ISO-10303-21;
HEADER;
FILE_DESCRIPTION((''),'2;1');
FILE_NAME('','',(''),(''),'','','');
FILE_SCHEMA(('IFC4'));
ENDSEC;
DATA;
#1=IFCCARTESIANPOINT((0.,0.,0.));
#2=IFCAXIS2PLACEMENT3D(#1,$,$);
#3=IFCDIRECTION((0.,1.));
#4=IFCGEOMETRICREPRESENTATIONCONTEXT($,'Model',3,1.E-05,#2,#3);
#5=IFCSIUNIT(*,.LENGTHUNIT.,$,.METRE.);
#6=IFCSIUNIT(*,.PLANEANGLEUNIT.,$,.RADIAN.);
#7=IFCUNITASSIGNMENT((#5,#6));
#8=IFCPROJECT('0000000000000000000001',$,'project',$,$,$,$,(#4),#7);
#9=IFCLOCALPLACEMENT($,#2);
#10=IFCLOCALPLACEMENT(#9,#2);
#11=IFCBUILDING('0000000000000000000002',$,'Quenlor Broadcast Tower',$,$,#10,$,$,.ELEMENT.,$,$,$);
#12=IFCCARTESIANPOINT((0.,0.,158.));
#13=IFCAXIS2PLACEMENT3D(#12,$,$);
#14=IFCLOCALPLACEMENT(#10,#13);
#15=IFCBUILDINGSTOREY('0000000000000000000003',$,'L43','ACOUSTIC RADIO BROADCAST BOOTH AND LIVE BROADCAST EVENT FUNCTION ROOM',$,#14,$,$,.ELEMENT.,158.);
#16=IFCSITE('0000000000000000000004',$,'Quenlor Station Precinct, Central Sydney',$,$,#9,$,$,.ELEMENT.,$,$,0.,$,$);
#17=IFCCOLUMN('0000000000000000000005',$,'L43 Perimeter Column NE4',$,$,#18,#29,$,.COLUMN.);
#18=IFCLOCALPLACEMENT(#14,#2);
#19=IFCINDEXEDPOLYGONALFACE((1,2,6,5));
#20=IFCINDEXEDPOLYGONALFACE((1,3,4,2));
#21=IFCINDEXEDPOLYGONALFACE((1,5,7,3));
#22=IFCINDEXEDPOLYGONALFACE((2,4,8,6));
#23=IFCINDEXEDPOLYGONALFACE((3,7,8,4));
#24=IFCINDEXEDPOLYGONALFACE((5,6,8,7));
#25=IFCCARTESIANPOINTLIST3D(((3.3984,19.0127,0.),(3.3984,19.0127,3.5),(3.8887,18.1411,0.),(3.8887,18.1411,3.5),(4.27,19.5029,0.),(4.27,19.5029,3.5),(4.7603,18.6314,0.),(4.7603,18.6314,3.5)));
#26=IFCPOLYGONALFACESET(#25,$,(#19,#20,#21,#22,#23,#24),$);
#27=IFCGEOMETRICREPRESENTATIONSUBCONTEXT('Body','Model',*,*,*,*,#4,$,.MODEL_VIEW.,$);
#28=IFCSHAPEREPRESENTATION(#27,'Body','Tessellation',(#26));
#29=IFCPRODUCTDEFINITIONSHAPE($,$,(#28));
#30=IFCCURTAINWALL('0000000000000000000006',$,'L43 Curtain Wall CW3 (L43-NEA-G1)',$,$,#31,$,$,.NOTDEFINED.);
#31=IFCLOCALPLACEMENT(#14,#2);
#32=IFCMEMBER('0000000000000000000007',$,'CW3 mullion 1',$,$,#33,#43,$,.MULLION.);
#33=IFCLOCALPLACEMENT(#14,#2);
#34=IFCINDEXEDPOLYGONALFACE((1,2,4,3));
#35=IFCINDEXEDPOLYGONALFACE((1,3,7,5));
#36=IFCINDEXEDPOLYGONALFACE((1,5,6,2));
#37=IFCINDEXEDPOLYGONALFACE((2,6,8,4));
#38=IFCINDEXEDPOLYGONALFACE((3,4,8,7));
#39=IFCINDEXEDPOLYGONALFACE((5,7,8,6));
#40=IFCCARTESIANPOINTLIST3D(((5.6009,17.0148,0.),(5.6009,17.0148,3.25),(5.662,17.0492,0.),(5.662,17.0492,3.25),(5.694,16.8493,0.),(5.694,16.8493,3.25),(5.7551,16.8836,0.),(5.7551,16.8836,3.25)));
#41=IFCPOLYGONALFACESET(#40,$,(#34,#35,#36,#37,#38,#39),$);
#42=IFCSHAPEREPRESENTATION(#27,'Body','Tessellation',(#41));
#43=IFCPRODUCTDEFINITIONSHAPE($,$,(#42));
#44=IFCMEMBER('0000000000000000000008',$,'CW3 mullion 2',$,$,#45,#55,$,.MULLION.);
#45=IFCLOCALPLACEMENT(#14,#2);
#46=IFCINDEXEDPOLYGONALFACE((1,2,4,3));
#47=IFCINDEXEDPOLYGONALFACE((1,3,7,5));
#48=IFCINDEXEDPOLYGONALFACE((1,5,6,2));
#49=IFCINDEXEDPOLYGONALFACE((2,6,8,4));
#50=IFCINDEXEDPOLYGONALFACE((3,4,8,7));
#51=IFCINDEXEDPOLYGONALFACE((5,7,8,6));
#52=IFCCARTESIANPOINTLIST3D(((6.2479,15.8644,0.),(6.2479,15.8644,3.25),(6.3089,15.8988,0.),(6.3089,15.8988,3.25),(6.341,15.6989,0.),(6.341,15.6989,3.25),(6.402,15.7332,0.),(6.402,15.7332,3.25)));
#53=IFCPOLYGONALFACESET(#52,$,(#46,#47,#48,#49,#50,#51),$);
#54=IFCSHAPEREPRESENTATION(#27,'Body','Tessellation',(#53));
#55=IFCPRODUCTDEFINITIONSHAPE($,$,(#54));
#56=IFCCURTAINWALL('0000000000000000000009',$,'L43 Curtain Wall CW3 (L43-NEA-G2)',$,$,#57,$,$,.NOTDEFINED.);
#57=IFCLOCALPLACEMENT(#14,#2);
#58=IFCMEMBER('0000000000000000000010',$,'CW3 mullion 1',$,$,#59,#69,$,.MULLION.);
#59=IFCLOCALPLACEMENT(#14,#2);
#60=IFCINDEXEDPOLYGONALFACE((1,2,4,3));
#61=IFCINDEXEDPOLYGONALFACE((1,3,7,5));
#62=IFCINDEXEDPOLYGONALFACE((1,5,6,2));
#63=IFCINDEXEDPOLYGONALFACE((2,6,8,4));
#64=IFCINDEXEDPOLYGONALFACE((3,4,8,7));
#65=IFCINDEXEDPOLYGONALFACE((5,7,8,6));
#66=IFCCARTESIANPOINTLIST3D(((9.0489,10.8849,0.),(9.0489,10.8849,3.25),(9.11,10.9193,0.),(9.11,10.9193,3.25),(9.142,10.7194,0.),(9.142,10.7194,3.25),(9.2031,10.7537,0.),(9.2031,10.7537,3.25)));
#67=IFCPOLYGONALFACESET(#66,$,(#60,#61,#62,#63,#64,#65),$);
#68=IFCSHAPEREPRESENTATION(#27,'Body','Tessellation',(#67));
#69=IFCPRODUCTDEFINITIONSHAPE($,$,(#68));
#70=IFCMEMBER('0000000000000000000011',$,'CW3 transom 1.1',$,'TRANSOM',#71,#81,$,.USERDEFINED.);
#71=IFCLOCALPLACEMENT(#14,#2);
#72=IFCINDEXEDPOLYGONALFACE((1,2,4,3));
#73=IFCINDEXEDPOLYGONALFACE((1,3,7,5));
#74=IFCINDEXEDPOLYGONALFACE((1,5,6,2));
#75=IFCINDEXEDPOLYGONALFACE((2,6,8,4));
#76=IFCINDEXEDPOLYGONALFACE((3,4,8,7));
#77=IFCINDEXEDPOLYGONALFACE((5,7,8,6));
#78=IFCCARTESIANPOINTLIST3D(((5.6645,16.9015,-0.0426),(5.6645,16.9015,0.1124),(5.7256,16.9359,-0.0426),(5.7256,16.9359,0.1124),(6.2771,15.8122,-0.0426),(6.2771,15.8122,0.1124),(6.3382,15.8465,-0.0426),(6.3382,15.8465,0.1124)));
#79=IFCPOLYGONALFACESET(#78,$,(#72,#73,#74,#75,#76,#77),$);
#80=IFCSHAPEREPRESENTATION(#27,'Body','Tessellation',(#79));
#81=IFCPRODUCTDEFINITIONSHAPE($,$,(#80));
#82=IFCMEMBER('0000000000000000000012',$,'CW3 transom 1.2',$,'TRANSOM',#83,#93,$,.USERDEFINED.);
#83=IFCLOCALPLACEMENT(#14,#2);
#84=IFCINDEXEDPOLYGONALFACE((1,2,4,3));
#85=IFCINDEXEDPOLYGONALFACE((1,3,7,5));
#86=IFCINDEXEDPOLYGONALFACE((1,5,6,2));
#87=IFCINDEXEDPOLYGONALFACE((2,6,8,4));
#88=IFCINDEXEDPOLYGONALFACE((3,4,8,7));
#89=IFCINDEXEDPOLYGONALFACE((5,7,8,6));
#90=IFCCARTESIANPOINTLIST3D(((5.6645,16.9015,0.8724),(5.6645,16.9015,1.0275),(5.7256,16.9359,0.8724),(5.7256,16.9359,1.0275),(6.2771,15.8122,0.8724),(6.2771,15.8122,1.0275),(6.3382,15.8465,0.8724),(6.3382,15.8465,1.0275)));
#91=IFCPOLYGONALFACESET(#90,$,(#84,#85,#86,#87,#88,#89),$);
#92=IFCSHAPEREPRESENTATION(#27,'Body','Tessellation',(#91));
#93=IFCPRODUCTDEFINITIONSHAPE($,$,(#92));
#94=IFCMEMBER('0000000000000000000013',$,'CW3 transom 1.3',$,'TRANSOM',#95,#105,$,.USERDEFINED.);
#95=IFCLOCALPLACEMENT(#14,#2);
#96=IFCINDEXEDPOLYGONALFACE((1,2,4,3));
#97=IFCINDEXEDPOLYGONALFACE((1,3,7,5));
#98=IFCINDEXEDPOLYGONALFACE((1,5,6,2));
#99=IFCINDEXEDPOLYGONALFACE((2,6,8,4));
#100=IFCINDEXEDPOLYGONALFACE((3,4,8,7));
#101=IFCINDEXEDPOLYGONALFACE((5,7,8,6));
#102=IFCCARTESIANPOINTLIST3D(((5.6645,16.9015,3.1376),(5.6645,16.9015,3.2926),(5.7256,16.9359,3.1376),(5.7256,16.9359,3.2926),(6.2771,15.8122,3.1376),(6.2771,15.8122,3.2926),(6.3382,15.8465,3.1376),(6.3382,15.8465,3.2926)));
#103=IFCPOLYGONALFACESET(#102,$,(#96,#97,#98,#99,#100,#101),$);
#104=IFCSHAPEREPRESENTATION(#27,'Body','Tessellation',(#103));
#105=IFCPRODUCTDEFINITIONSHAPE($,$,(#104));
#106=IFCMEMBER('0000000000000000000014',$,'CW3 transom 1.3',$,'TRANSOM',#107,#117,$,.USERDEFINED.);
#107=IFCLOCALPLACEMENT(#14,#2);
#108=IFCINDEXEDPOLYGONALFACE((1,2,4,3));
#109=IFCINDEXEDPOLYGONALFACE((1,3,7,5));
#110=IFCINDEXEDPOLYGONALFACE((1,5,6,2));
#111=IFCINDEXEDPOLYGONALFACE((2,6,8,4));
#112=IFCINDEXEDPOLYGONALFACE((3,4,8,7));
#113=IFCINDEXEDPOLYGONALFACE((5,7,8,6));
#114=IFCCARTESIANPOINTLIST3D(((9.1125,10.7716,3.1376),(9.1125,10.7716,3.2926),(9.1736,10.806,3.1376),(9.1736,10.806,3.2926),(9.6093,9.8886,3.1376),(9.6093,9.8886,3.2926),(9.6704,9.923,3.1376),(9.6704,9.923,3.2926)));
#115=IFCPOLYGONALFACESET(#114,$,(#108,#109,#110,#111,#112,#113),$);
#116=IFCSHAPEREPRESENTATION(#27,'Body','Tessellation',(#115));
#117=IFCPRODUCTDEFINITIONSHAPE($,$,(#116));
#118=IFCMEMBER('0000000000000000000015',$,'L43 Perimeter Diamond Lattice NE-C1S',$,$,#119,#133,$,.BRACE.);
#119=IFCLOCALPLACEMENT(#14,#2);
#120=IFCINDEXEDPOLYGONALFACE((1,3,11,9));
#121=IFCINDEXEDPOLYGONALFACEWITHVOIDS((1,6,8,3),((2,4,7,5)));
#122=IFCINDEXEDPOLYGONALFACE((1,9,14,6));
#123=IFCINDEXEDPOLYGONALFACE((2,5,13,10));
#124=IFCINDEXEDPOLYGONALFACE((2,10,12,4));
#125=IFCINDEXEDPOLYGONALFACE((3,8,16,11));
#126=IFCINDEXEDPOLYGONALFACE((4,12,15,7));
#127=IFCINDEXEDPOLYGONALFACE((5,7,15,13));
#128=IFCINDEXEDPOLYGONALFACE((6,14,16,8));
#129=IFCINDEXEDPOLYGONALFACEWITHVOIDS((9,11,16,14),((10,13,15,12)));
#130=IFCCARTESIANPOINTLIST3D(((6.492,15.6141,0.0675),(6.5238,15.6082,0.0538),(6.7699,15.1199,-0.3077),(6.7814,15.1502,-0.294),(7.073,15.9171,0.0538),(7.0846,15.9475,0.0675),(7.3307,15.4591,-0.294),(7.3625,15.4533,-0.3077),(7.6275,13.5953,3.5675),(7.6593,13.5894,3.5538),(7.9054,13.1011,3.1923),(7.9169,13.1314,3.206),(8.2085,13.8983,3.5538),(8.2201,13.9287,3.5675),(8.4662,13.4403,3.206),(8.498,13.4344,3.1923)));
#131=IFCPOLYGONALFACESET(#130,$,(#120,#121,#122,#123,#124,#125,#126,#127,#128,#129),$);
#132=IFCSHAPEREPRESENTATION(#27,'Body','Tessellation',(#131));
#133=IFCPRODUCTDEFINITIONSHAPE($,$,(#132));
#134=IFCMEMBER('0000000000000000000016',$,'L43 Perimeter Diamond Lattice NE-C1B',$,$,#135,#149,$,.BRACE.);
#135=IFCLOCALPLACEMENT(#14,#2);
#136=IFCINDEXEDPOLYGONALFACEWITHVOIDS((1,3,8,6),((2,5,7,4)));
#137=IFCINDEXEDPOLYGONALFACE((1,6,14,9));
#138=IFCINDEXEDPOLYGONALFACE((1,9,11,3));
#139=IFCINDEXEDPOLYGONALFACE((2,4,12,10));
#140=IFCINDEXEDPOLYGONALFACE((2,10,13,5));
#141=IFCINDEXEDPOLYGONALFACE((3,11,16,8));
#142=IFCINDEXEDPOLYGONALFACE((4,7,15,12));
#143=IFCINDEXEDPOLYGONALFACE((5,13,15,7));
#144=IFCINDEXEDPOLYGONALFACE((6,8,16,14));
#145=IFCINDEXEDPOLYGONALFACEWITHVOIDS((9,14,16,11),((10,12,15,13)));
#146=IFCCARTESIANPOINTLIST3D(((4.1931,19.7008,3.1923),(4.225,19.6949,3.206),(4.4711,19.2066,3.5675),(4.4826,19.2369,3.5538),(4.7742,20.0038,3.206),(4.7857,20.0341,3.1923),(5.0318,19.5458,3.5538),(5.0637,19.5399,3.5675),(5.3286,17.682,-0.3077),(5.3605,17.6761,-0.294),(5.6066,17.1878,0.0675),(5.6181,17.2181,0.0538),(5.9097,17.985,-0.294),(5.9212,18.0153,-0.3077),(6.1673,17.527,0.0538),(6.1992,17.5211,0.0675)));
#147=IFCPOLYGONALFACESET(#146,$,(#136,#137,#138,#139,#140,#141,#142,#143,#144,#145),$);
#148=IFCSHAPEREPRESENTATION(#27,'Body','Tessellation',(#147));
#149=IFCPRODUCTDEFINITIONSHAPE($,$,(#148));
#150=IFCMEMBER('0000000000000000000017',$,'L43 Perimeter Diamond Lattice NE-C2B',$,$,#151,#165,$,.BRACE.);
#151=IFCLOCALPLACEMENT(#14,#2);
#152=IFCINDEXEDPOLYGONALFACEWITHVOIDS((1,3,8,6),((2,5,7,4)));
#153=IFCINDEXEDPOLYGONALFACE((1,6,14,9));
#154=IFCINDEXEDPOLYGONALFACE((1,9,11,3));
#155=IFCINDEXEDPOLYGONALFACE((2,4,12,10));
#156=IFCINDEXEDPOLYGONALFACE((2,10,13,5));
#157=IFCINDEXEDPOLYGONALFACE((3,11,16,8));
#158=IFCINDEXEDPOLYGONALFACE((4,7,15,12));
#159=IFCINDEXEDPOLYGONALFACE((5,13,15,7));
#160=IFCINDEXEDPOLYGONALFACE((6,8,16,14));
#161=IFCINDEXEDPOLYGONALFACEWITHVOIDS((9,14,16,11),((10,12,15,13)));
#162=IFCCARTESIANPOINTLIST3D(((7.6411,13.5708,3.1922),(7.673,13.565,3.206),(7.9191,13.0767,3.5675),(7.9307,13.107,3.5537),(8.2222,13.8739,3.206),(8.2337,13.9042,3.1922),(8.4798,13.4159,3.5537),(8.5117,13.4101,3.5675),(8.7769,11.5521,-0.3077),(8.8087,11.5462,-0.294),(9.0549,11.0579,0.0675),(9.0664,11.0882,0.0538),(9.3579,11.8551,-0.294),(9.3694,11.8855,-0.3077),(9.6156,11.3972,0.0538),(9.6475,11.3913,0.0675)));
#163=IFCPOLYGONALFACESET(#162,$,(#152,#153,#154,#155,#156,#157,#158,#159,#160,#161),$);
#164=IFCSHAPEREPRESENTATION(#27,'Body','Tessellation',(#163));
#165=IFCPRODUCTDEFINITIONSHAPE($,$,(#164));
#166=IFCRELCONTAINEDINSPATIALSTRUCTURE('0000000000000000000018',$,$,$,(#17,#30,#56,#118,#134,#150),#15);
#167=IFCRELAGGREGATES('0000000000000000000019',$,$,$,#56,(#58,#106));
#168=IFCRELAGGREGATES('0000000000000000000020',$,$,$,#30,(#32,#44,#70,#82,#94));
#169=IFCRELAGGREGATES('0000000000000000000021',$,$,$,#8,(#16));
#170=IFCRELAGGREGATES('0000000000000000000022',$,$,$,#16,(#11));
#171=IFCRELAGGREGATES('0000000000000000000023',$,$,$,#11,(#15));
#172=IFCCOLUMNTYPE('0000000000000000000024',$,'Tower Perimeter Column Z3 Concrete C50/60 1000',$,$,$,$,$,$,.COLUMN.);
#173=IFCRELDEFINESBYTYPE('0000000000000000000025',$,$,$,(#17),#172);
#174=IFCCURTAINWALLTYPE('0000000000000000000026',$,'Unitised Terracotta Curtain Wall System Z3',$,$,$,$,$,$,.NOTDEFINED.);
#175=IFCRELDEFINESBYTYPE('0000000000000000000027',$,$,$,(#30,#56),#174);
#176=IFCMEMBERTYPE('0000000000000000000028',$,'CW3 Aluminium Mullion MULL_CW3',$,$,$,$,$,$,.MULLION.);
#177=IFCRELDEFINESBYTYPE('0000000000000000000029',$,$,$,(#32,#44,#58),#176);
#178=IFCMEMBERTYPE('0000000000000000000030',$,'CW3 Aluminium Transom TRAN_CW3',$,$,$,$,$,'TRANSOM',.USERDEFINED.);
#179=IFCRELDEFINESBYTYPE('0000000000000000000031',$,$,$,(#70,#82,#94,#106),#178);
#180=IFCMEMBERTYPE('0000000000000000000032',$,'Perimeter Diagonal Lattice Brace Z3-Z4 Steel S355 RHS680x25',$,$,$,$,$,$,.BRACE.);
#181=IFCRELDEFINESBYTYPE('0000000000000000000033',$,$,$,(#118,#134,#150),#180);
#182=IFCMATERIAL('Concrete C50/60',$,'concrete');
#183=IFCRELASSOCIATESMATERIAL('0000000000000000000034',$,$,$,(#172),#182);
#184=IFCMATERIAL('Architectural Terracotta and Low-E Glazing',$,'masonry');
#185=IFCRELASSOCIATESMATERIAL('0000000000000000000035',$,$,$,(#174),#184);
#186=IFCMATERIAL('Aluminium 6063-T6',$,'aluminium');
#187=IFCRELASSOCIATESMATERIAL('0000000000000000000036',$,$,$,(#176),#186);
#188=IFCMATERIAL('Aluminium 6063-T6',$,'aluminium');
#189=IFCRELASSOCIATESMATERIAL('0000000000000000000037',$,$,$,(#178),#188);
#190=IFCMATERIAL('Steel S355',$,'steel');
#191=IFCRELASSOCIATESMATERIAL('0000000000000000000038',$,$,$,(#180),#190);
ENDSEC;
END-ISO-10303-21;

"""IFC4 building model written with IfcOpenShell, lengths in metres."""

from ifc_helpers import new_model, si_unit, direction, frame, origin, origin_2d, place, context, subcontext, project, spatial, rectangle, hollow_rectangle, extrude, material, material_profile, profile_set, type_object, element, aggregate, save


model = new_model("IFC4")

# Units and contexts
model_context = context("Model", 3, precision=1e-05, world=origin(), true_north=direction((0.0, 1.0)))
body_context = subcontext(model_context, "Body", "Model", "MODEL_VIEW")
ifc_project = project(units=[si_unit("LENGTHUNIT", "METRE"), si_unit("PLANEANGLEUNIT", "RADIAN")], contexts=[model_context])

# Site, building, storey
site_placement = place(None, origin())
site = spatial("IfcSite", under=ifc_project, at=site_placement, Name="Quenlor Station Precinct, Central Sydney", CompositionType="ELEMENT", RefElevation=0.0)
building_placement = place(site_placement, origin())
building = spatial("IfcBuilding", under=site, at=building_placement, Name="Quenlor Broadcast Tower", CompositionType="ELEMENT")
storey_placement = place(building_placement, frame((0.0, 0.0, 158.0)))
storey = spatial("IfcBuildingStorey", under=building, at=storey_placement, Name="L43", Description="ACOUSTIC RADIO BROADCAST BOOTH AND LIVE BROADCAST EVENT FUNCTION ROOM", CompositionType="ELEMENT", Elevation=158.0)

# Column
ifc_material_1 = material(Name="Concrete C50/60", Category="concrete")
ifc_material_profile_1 = material_profile(ifc_material_1, rectangle(XDim=1.0, YDim=1.0, at=origin_2d()))
ifc_profile_set_1 = profile_set([ifc_material_profile_1], Name="Concrete C50/60 RC1000x1000")
column_type = type_object("IfcColumnType", Name="Tower Perimeter Column Z3 Concrete C50/60 1000", PredefinedType="COLUMN", material=ifc_profile_set_1)
column_placement = place(storey_placement, frame((4.0793, 18.822, 0.0), z_axis=(0.0, 0.0, 1.0), x_axis=(0.871575, 0.490262, 0.0)))
element("IfcColumn", 1, at=column_placement, inside=storey, type_object=column_type, Name="L43 Perimeter Column NE4", PredefinedType="COLUMN", context=body_context, shape_type="SweptSolid", body=[
    extrude(rectangle(XDim=1.0, YDim=1.0, at=origin_2d()), origin(), (0.0, 0.0, 1.0), 3.5),
])

# Curtain wall, members
ifc_material_2 = material(Name="Architectural Terracotta and Low-E Glazing", Category="masonry")
curtain_wall_type = type_object("IfcCurtainWallType", Name="Unitised Terracotta Curtain Wall System Z3", PredefinedType="NOTDEFINED", material=ifc_material_2)
curtain_wall_1_placement = place(storey_placement, origin())
curtain_wall_1 = element("IfcCurtainWall", 2, at=curtain_wall_1_placement, inside=storey, type_object=curtain_wall_type, Name="L43 Curtain Wall CW3 (L43-NEA-G1)", PredefinedType="NOTDEFINED")
ifc_material_3 = material(Name="Aluminium 6063-T6", Category="aluminium")
ifc_material_profile_2 = material_profile(ifc_material_3, rectangle(XDim=0.0701, YDim=0.1899, at=origin_2d()))
ifc_profile_set_2 = profile_set([ifc_material_profile_2], Name="Aluminium 6063-T6 MULL70x190")
member_type_1 = type_object("IfcMemberType", Name="CW3 Aluminium Mullion MULL_CW3", PredefinedType="MULLION", material=ifc_profile_set_2)
member_1_placement = place(storey_placement, frame((5.678, 16.9492, 0.0), z_axis=(0.0, 0.0, 1.0), x_axis=(0.871593, 0.49023, 0.0)))
member_1 = element("IfcMember", 3, at=member_1_placement, type_object=member_type_1, Name="CW3 mullion 1", PredefinedType="MULLION", context=body_context, shape_type="SweptSolid", body=[
    extrude(rectangle(XDim=0.0701, YDim=0.1899, at=origin_2d()), origin(), (0.0, 0.0, 1.0), 3.25),
])
member_2_placement = place(storey_placement, frame((6.325, 15.7988, 0.0), z_axis=(0.0, 0.0, 1.0), x_axis=(0.871593, 0.49023, 0.0)))
member_2 = element("IfcMember", 4, at=member_2_placement, type_object=member_type_1, Name="CW3 mullion 2", PredefinedType="MULLION", context=body_context, shape_type="SweptSolid", body=[
    extrude(rectangle(XDim=0.0701, YDim=0.1899, at=origin_2d()), origin(), (0.0, 0.0, 1.0), 3.25),
])

# Curtain wall, member
curtain_wall_2_placement = place(storey_placement, origin())
curtain_wall_2 = element("IfcCurtainWall", 5, at=curtain_wall_2_placement, inside=storey, type_object=curtain_wall_type, Name="L43 Curtain Wall CW3 (L43-NEA-G2)", PredefinedType="NOTDEFINED")
member_3_placement = place(storey_placement, frame((9.126, 10.8193, 0.0), z_axis=(0.0, 0.0, 1.0), x_axis=(0.871601, 0.490216, 0.0)))
member_3 = element("IfcMember", 6, at=member_3_placement, type_object=member_type_1, Name="CW3 mullion 1", PredefinedType="MULLION", context=body_context, shape_type="SweptSolid", body=[
    extrude(rectangle(XDim=0.0701, YDim=0.1899, at=origin_2d()), origin(), (0.0, 0.0, 1.0), 3.25),
])

# Members
ifc_material_4 = material(Name="Aluminium 6063-T6", Category="aluminium")
ifc_material_profile_3 = material_profile(ifc_material_4, rectangle(XDim=0.0701, YDim=0.155, at=origin_2d()))
ifc_profile_set_3 = profile_set([ifc_material_profile_3], Name="Aluminium 6063-T6 TRAN70x155")
member_type_2 = type_object("IfcMemberType", Name="CW3 Aluminium Transom TRAN_CW3", ElementType="TRANSOM", PredefinedType="USERDEFINED", material=ifc_profile_set_3)
member_4_placement = place(storey_placement, frame((5.6951, 16.9187, 0.0349), z_axis=(0.490131, -0.871649, 0.0), x_axis=(0.871649, 0.490131, 0.0)))
member_4 = element("IfcMember", 7, at=member_4_placement, type_object=member_type_2, Name="CW3 transom 1.1", ObjectType="TRANSOM", PredefinedType="USERDEFINED", context=body_context, shape_type="SweptSolid", body=[
    extrude(rectangle(XDim=0.0701, YDim=0.155, at=origin_2d()), origin(), (0.0, 0.0, 1.0), 1.2498),
])
member_5_placement = place(storey_placement, frame((5.6951, 16.9187, 0.95), z_axis=(0.490131, -0.871649, 0.0), x_axis=(0.871649, 0.490131, 0.0)))
member_5 = element("IfcMember", 8, at=member_5_placement, type_object=member_type_2, Name="CW3 transom 1.2", ObjectType="TRANSOM", PredefinedType="USERDEFINED", context=body_context, shape_type="SweptSolid", body=[
    extrude(rectangle(XDim=0.0701, YDim=0.155, at=origin_2d()), origin(), (0.0, 0.0, 1.0), 1.2498),
])
member_6_placement = place(storey_placement, frame((5.6951, 16.9187, 3.2151), z_axis=(0.490131, -0.871649, 0.0), x_axis=(0.871649, 0.490131, 0.0)))
member_6 = element("IfcMember", 9, at=member_6_placement, type_object=member_type_2, Name="CW3 transom 1.3", ObjectType="TRANSOM", PredefinedType="USERDEFINED", context=body_context, shape_type="SweptSolid", body=[
    extrude(rectangle(XDim=0.0701, YDim=0.155, at=origin_2d()), origin(), (0.0, 0.0, 1.0), 1.2498),
])
member_7_placement = place(storey_placement, frame((9.1431, 10.7888, 3.2151), z_axis=(0.490341, -0.87153, 0.0), x_axis=(0.87153, 0.490341, 0.0)))
member_7 = element("IfcMember", 10, at=member_7_placement, type_object=member_type_2, Name="CW3 transom 1.3", ObjectType="TRANSOM", PredefinedType="USERDEFINED", context=body_context, shape_type="SweptSolid", body=[
    extrude(rectangle(XDim=0.0701, YDim=0.155, at=origin_2d()), origin(), (0.0, 0.0, 1.0), 1.0132),
])
aggregate(curtain_wall_2, [member_3, member_7])

# Members
ifc_material_5 = material(Name="Steel S355", Category="steel")
ifc_material_profile_4 = material_profile(ifc_material_5, hollow_rectangle(XDim=0.6799, YDim=0.6799, WallThickness=0.0249, at=origin_2d()))
ifc_profile_set_4 = profile_set([ifc_material_profile_4], Name="Steel S355 RHS680x680x25")
member_type_3 = type_object("IfcMemberType", Name="Perimeter Diagonal Lattice Brace Z3-Z4 Steel S355 RHS680x25", PredefinedType="BRACE", material=ifc_profile_set_4)
for number, where, z_axis, x_axis, name in (
    (11, (6.9272, 15.5337, -0.1201), (0.270549, -0.481009, 0.833927), (0.87159, 0.490236, 0.0), "L43 Perimeter Diamond Lattice NE-C1S"),
    (12, (5.7639, 17.6016, -0.1201), (-0.270549, 0.481009, 0.833927), (-0.87159, -0.490236, 0.0), "L43 Perimeter Diamond Lattice NE-C1B"),
    (13, (9.2122, 11.4717, -0.1201), (-0.270603, 0.481001, 0.833914), (-0.871545, -0.490316, 0.0), "L43 Perimeter Diamond Lattice NE-C2B"),
):
    element("IfcMember", number, at=place(storey_placement, frame(where, z_axis=z_axis, x_axis=x_axis)), inside=storey, type_object=member_type_3, Name=name, PredefinedType="BRACE", context=body_context, shape_type="SweptSolid", body=[
        extrude(hollow_rectangle(XDim=0.6799, YDim=0.6799, WallThickness=0.0249, at=origin_2d()), origin(), (0.0, 0.0, 1.0), 4.197),
    ])

aggregate(curtain_wall_1, [member_1, member_2, member_4, member_5, member_6])

save(model, "model.ifc")
